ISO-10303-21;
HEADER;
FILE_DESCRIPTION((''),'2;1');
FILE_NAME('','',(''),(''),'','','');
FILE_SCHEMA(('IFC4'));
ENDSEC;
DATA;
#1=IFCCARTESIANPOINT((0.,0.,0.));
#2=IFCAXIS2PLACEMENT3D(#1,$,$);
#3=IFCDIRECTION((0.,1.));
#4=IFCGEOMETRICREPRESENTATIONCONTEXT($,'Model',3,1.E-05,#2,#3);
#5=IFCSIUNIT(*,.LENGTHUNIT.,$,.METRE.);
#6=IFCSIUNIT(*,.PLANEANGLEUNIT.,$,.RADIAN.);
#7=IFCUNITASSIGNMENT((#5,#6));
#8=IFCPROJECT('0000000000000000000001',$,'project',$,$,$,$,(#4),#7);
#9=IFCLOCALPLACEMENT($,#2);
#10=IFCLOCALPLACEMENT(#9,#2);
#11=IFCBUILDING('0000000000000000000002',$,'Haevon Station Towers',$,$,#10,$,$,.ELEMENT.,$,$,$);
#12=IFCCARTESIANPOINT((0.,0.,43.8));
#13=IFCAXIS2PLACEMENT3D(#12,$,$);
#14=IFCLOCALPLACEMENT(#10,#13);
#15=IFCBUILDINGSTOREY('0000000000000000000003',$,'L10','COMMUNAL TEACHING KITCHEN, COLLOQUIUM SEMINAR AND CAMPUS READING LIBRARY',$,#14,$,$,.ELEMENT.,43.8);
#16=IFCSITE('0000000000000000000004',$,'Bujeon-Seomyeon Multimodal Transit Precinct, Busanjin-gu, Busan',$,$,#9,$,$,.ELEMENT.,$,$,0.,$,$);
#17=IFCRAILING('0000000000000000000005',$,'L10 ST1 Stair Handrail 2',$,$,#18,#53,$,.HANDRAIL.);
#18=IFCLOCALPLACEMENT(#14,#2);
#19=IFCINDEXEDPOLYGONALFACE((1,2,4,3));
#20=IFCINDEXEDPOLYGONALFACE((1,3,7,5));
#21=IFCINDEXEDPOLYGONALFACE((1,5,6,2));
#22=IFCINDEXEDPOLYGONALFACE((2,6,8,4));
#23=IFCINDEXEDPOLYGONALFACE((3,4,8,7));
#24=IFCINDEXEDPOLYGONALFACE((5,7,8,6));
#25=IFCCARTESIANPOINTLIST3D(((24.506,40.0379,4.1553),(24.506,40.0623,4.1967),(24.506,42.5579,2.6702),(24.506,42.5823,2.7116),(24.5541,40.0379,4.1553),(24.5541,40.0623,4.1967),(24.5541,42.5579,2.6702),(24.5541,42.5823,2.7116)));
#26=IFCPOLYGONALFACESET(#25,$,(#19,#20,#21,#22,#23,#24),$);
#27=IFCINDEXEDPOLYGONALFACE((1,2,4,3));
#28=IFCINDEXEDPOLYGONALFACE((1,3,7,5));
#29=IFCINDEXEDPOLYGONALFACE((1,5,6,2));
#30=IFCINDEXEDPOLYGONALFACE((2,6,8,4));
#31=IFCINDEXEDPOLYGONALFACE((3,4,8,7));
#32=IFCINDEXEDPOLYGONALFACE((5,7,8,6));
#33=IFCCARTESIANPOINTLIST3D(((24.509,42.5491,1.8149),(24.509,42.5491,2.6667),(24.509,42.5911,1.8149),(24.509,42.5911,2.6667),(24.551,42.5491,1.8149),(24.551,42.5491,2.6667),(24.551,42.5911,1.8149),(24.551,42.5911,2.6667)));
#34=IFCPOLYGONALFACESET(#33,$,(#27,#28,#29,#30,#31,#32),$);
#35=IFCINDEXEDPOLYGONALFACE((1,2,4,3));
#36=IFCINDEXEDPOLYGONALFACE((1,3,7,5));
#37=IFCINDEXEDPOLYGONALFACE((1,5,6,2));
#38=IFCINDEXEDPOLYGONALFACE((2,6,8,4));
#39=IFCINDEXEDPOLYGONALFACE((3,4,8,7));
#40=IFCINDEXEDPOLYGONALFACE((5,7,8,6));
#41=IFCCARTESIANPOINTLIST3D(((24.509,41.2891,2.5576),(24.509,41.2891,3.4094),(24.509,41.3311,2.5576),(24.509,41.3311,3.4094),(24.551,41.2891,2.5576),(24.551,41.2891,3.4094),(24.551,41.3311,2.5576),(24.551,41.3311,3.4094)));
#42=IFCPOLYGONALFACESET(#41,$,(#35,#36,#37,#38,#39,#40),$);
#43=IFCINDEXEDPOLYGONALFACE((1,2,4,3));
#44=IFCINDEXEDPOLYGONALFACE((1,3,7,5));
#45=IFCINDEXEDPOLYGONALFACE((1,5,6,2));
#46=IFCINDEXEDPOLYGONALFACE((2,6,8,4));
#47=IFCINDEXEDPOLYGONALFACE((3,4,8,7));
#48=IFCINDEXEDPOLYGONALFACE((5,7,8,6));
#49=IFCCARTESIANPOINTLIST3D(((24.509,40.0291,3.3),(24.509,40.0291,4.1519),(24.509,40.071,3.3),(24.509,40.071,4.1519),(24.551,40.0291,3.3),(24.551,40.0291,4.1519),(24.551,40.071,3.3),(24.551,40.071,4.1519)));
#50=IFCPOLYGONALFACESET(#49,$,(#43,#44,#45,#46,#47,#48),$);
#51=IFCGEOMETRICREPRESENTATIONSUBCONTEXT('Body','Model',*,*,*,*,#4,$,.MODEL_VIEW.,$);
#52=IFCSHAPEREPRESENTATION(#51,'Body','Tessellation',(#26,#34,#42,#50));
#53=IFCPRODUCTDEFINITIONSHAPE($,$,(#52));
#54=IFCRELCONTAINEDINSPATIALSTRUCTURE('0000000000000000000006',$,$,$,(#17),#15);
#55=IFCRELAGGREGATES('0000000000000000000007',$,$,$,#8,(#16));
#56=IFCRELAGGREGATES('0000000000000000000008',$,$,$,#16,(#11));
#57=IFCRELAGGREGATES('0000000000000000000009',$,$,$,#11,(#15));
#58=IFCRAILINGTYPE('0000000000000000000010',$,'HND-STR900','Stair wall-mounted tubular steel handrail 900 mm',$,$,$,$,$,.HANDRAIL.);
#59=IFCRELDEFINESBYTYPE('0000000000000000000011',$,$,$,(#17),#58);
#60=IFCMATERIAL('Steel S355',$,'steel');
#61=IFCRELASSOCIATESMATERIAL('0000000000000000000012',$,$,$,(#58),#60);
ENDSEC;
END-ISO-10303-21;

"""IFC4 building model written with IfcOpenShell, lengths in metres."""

from ifc_helpers import new_model, si_unit, direction, frame, origin, origin_2d, place, context, subcontext, project, spatial, rectangle, extrude, material, type_object, element, save


model = new_model("IFC4")

# Units and contexts
model_context = context("Model", 3, precision=1e-05, world=origin(), true_north=direction((0.0, 1.0)))
body_context = subcontext(model_context, "Body", "Model", "MODEL_VIEW")
ifc_project = project(units=[si_unit("LENGTHUNIT", "METRE"), si_unit("PLANEANGLEUNIT", "RADIAN")], contexts=[model_context])

# Site, building, storey
site_placement = place(None, origin())
site = spatial("IfcSite", under=ifc_project, at=site_placement, Name="Bujeon-Seomyeon Multimodal Transit Precinct, Busanjin-gu, Busan", CompositionType="ELEMENT", RefElevation=0.0)
building_placement = place(site_placement, origin())
building = spatial("IfcBuilding", under=site, at=building_placement, Name="Haevon Station Towers", CompositionType="ELEMENT")
storey_placement = place(building_placement, frame((0.0, 0.0, 43.8)))
storey = spatial("IfcBuildingStorey", under=building, at=storey_placement, Name="L10", Description="COMMUNAL TEACHING KITCHEN, COLLOQUIUM SEMINAR AND CAMPUS READING LIBRARY", CompositionType="ELEMENT", Elevation=43.8)

# Shared definitions
ifc_material_1 = material(Name="Steel S355", Category="steel")

# Railing
railing_type_1 = type_object("IfcRailingType", Name="HND-STR900", Description="Stair wall-mounted tubular steel handrail 900 mm", PredefinedType="HANDRAIL", material=ifc_material_1)
railing_1_placement = place(storey_placement, frame((24.53, 42.5701, 1.8149)))
element("IfcRailing", 1, at=railing_1_placement, inside=storey, type_object=railing_type_1, Name="L10 ST1 Stair Handrail 2", PredefinedType="HANDRAIL", context=body_context, shape_type="SweptSolid", body=[
    extrude(rectangle(XDim=0.0481, YDim=0.0481, at=origin_2d()), frame((0.0, 0.0, 0.876), z_axis=(0.0, -0.861524, 0.507717), x_axis=(1.0, 0.0, 0.0)), (0.0, 0.0, 1.0), 2.925),
    extrude(rectangle(XDim=0.042, YDim=0.042, at=origin_2d()), origin(), (0.0, 0.0, 1.0), 0.8518),
    extrude(rectangle(XDim=0.042, YDim=0.042, at=origin_2d()), frame((0.0, -1.26, 0.7427)), (0.0, 0.0, 1.0), 0.8518),
    extrude(rectangle(XDim=0.042, YDim=0.042, at=origin_2d()), frame((0.0, -2.52, 1.4851)), (0.0, 0.0, 1.0), 0.8518),
])

save(model, "model.ifc")
